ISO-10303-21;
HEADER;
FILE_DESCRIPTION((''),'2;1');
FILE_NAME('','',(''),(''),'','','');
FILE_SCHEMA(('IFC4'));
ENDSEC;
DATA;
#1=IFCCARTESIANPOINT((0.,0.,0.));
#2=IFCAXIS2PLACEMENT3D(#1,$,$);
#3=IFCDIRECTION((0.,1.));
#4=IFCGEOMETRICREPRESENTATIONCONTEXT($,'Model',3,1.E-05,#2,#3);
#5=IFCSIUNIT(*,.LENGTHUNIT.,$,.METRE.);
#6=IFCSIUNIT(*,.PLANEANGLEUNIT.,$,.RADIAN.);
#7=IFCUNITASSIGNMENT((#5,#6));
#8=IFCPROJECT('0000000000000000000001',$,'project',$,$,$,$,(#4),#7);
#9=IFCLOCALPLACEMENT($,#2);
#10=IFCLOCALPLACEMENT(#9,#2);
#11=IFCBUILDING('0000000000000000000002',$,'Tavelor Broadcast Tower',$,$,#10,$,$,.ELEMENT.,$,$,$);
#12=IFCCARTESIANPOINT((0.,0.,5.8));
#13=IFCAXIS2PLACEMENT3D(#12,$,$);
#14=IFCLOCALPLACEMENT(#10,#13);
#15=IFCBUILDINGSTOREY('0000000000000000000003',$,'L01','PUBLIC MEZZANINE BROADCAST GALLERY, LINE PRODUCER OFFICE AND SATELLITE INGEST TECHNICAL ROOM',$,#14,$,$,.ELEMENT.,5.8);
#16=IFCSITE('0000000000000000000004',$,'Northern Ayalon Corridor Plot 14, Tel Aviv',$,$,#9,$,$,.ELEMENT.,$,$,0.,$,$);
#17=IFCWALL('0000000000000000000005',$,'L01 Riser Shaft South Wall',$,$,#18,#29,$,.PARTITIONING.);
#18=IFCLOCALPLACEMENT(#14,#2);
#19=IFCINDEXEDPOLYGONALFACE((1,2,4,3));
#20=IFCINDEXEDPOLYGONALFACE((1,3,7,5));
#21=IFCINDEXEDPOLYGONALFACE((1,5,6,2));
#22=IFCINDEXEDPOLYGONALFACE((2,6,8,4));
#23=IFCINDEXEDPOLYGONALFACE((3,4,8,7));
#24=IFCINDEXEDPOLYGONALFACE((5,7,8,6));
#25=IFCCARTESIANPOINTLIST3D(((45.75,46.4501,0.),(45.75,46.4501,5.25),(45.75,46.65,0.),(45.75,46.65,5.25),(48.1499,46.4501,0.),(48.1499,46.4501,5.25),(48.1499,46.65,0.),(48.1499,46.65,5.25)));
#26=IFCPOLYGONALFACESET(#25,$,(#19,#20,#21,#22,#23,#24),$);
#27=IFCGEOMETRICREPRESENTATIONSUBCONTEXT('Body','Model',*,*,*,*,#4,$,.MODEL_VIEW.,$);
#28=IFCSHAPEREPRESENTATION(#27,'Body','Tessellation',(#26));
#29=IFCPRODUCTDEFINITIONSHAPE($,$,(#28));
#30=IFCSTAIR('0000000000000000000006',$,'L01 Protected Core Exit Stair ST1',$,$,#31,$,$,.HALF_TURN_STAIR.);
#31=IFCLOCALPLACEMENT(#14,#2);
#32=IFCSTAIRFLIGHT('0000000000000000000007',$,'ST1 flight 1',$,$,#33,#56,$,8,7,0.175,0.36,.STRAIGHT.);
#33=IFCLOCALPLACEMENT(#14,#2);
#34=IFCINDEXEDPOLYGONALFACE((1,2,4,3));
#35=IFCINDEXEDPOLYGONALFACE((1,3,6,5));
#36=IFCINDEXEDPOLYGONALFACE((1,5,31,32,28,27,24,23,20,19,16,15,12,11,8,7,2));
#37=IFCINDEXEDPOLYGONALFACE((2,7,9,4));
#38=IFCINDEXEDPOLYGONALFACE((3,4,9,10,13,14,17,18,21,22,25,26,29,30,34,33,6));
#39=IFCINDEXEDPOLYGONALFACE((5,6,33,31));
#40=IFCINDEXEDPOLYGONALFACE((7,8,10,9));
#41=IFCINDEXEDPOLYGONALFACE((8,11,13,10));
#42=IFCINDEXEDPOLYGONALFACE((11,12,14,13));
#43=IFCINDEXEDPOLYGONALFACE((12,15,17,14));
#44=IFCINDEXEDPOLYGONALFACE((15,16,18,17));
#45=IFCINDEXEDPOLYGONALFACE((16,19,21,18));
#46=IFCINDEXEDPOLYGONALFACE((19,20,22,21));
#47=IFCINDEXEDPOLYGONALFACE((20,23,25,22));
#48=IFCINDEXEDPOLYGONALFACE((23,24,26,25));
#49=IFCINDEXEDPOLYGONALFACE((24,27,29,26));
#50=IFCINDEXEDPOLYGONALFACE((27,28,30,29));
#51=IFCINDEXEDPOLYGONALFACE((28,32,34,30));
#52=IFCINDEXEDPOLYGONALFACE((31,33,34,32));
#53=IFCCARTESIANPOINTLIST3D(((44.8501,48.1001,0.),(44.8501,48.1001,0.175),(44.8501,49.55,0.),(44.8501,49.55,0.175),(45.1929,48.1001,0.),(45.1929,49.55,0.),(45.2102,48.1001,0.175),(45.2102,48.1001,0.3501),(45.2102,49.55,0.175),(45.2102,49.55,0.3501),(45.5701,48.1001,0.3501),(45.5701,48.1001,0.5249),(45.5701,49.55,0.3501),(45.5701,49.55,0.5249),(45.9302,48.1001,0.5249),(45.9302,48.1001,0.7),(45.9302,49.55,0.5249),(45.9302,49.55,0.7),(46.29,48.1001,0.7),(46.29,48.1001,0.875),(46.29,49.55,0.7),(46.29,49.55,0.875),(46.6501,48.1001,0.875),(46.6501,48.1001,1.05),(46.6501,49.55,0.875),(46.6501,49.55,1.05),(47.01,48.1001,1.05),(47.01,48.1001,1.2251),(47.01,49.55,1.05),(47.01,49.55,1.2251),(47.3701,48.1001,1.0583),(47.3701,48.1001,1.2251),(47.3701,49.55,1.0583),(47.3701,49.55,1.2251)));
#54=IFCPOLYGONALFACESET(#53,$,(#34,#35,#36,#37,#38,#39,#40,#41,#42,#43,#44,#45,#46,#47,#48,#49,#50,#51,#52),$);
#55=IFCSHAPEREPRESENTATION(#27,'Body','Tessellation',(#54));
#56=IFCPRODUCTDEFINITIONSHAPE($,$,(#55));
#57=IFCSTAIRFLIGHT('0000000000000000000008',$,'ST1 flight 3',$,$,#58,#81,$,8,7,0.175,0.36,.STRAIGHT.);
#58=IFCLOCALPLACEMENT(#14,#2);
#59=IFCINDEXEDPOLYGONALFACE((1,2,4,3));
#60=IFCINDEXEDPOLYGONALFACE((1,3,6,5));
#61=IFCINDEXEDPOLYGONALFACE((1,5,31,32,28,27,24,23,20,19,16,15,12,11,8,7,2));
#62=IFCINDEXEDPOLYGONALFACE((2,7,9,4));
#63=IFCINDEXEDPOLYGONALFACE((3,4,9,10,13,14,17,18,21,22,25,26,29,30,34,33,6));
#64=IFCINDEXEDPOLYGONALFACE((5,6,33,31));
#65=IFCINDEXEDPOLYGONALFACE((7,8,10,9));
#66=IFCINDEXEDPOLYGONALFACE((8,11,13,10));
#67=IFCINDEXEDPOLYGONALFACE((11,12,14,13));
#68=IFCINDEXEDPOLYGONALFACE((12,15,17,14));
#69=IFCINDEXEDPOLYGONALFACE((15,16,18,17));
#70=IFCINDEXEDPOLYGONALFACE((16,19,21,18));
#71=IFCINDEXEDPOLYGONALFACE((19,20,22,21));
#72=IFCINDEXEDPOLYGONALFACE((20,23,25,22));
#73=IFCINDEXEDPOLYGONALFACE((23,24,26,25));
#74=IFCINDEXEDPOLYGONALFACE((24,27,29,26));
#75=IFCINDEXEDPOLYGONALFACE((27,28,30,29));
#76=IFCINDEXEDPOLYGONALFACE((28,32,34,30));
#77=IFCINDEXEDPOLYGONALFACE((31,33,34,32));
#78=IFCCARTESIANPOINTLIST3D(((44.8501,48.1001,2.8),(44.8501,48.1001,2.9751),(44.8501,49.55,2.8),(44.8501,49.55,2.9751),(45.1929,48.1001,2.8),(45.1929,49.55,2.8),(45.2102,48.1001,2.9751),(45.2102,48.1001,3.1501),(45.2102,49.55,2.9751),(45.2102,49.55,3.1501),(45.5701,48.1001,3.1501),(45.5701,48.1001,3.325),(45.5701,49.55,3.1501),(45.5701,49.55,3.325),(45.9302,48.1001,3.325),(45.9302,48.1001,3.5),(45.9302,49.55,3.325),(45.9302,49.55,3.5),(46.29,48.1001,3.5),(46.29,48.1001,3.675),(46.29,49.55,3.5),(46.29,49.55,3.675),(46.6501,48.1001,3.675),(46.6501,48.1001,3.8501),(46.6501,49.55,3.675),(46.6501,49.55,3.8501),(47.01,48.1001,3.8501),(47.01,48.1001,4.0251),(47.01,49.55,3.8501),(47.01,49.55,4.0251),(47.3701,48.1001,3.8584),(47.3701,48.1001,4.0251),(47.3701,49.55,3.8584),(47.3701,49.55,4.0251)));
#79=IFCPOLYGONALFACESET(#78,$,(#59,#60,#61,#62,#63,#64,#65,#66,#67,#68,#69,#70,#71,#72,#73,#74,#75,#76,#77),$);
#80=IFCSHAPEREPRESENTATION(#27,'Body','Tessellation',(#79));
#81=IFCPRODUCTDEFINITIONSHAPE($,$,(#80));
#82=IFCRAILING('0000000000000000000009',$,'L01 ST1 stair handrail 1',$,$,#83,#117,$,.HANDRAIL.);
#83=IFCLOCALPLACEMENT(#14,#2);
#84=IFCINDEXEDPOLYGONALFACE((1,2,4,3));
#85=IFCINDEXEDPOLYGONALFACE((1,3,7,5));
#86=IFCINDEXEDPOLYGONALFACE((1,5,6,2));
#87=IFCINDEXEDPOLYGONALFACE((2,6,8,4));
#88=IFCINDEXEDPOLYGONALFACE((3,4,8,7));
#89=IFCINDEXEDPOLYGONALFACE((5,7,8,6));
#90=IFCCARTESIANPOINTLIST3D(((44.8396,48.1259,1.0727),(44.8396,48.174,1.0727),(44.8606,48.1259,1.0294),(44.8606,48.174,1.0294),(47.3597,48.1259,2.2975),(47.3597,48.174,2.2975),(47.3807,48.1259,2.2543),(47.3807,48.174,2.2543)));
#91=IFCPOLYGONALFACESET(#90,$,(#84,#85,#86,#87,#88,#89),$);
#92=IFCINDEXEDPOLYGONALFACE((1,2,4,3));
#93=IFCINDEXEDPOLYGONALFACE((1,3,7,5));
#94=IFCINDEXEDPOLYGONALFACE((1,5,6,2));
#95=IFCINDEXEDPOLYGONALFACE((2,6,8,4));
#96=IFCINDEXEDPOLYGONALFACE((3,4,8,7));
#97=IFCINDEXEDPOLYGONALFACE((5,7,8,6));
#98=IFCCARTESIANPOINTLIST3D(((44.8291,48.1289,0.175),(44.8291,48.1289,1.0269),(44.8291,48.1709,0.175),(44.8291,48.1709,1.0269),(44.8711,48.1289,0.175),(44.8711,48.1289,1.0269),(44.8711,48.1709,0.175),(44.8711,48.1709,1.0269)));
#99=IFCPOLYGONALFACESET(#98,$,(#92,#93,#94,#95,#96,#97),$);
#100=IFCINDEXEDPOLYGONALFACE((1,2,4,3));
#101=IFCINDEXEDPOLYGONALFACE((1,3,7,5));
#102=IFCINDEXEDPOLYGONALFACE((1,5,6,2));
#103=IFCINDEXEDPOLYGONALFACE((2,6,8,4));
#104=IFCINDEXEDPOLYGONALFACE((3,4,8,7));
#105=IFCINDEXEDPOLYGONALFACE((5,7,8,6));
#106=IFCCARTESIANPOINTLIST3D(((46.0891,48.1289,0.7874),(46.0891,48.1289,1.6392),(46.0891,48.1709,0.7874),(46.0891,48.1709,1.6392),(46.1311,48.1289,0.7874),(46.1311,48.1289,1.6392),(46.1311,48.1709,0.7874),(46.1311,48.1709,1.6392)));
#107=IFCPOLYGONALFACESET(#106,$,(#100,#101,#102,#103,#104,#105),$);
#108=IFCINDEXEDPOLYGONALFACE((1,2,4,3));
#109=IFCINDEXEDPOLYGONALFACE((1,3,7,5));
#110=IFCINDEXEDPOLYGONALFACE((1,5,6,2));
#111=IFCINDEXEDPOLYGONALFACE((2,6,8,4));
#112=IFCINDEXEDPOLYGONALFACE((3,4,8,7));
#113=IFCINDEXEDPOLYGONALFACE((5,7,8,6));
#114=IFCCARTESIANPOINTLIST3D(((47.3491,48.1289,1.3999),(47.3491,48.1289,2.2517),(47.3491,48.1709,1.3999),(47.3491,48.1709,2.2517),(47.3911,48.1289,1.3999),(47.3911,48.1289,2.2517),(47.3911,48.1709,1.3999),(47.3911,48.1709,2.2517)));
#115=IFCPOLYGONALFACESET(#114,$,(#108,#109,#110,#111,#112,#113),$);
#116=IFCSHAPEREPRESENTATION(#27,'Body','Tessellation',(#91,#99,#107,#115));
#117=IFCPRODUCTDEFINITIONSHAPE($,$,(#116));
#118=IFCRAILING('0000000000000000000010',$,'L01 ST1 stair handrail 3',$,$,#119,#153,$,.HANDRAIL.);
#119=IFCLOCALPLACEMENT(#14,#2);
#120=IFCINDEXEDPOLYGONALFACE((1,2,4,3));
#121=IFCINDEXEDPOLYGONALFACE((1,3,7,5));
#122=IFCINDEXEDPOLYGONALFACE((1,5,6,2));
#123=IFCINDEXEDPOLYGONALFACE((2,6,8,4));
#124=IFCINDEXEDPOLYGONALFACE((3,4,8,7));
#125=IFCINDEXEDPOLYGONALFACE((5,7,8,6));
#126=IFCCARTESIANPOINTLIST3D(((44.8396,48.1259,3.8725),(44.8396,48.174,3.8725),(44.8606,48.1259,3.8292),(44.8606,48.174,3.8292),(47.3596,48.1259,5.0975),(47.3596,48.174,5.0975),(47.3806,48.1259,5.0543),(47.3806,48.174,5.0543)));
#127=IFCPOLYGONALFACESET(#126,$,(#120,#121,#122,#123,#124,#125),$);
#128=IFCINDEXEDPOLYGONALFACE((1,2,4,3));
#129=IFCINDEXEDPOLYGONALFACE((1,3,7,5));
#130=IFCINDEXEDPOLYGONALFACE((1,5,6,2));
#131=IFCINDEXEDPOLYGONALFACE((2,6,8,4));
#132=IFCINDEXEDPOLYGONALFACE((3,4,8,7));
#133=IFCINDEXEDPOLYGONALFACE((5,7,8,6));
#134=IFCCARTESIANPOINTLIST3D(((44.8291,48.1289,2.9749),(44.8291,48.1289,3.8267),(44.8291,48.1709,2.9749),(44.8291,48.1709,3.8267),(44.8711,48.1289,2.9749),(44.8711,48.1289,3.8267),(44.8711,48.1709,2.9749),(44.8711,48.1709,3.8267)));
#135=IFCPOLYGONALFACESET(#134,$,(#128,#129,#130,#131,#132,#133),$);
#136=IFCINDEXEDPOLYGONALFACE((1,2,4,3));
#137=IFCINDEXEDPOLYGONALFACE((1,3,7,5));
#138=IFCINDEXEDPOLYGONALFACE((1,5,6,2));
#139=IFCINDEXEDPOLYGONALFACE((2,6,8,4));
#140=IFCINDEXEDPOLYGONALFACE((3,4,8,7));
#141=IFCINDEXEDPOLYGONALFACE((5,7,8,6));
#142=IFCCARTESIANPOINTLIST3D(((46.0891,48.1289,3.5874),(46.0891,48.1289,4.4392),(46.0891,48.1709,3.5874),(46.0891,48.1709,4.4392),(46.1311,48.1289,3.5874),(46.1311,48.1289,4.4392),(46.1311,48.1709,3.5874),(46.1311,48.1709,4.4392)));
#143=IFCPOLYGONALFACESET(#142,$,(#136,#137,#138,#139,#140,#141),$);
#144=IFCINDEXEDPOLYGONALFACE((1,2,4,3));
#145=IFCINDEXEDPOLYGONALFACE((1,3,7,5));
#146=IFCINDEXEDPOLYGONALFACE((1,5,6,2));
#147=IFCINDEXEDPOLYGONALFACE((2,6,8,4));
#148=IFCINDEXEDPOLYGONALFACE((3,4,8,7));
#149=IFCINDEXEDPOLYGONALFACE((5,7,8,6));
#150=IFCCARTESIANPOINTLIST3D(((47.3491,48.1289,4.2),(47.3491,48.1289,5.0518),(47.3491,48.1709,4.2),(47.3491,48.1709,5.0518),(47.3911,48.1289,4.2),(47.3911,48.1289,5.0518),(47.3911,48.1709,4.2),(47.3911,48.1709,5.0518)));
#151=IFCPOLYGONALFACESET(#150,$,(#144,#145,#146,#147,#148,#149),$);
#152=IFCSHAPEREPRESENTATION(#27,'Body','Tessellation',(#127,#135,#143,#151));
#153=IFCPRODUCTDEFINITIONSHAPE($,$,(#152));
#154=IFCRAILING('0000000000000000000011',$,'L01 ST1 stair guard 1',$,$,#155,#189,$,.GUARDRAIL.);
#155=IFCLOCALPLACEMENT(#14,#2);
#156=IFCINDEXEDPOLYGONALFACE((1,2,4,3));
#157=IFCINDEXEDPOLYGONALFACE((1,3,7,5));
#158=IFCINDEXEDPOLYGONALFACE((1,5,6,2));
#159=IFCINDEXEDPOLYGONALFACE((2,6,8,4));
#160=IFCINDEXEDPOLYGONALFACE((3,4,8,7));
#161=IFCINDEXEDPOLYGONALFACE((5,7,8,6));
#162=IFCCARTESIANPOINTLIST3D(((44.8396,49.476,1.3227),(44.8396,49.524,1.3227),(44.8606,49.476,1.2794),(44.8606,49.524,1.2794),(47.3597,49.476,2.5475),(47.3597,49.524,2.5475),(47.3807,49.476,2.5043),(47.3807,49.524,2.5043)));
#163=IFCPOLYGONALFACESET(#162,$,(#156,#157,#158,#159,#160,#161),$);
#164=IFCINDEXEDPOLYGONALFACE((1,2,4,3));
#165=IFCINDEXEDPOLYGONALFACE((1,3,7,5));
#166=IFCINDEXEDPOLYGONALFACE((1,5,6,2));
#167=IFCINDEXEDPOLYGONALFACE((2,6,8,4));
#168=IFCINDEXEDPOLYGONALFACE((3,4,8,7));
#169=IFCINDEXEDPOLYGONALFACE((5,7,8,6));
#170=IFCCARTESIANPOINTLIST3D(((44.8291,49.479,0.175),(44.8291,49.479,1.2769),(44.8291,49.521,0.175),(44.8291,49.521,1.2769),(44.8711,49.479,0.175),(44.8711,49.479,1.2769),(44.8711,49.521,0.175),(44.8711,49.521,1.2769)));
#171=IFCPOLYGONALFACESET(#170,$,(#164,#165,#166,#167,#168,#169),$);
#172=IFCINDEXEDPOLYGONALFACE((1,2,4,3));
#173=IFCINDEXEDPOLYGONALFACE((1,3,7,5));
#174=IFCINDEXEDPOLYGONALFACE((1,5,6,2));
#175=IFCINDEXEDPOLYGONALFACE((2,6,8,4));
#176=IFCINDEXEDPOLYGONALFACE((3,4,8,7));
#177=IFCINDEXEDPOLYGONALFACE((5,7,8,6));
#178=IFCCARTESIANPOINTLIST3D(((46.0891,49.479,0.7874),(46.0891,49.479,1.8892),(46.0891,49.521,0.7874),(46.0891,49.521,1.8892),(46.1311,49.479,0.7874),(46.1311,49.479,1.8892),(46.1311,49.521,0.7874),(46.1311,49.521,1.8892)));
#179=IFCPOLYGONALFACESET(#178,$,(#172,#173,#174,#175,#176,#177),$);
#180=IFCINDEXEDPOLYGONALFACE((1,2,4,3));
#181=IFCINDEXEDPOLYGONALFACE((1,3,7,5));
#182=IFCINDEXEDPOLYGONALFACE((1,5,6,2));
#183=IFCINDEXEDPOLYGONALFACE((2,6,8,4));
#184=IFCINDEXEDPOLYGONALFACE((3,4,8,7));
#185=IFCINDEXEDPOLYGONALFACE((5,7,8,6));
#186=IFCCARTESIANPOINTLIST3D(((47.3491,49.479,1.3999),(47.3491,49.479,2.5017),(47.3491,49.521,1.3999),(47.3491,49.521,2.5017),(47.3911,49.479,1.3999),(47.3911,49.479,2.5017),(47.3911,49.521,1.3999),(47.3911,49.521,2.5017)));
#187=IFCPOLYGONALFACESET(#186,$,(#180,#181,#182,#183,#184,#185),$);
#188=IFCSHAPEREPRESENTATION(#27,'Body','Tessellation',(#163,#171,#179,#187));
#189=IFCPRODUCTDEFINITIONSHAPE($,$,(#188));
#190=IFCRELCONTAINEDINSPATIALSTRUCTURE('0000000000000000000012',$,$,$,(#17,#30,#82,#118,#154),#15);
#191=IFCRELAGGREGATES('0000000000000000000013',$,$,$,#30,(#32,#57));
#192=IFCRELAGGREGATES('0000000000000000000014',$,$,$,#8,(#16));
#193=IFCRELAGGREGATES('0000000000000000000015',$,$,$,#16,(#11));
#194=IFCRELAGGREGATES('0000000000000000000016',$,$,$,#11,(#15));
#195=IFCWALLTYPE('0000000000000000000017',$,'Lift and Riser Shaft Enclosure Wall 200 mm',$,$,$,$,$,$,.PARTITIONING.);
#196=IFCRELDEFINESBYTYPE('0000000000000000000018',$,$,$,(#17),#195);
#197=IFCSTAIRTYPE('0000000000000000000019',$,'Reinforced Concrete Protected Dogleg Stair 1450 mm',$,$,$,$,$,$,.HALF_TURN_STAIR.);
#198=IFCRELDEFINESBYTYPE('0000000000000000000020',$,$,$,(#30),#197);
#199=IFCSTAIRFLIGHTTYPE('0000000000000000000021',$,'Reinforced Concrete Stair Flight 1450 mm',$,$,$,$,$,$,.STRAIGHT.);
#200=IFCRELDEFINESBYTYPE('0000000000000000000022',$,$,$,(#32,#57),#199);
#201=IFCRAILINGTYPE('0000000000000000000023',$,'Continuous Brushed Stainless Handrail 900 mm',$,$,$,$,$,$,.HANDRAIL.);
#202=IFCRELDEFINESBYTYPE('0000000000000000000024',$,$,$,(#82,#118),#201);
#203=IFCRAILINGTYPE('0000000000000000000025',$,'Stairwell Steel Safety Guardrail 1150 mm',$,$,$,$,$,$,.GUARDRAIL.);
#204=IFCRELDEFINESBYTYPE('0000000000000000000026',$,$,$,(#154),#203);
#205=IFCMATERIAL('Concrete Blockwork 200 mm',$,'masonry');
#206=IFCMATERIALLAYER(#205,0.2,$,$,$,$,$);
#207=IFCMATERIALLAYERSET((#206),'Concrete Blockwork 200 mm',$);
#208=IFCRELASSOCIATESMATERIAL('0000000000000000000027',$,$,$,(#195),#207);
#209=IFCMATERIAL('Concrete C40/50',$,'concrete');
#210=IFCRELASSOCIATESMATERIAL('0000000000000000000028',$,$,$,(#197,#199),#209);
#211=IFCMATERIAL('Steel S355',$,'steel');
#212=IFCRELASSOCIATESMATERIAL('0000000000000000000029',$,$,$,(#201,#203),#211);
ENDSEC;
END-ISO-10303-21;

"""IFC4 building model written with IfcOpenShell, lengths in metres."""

from ifc_helpers import new_model, si_unit, direction, frame, frame_2d, origin, origin_2d, place, context, subcontext, project, spatial, polyline, rectangle, outline, extrude, material, layer, layer_set, type_object, element, aggregate, save


model = new_model("IFC4")

# Units and contexts
model_context = context("Model", 3, precision=1e-05, world=origin(), true_north=direction((0.0, 1.0)))
body_context = subcontext(model_context, "Body", "Model", "MODEL_VIEW")
ifc_project = project(units=[si_unit("LENGTHUNIT", "METRE"), si_unit("PLANEANGLEUNIT", "RADIAN")], contexts=[model_context])

# Site, building, storey
site_placement = place(None, origin())
site = spatial("IfcSite", under=ifc_project, at=site_placement, Name="Northern Ayalon Corridor Plot 14, Tel Aviv", CompositionType="ELEMENT", RefElevation=0.0)
building_placement = place(site_placement, origin())
building = spatial("IfcBuilding", under=site, at=building_placement, Name="Tavelor Broadcast Tower", CompositionType="ELEMENT")
storey_placement = place(building_placement, frame((0.0, 0.0, 5.8)))
storey = spatial("IfcBuildingStorey", under=building, at=storey_placement, Name="L01", Description="PUBLIC MEZZANINE BROADCAST GALLERY, LINE PRODUCER OFFICE AND SATELLITE INGEST TECHNICAL ROOM", CompositionType="ELEMENT", Elevation=5.8)

# Shared definitions
ifc_material_1 = material(Name="Steel S355", Category="steel")

# Shared definitions
ifc_material_2 = material(Name="Concrete Blockwork 200 mm", Category="masonry")

# Wall
ifc_layer_1 = layer(ifc_material_2, 0.2)
ifc_layer_set_1 = layer_set([ifc_layer_1], Name="Concrete Blockwork 200 mm")
wall_type_1 = type_object("IfcWallType", Name="Lift and Riser Shaft Enclosure Wall 200 mm", PredefinedType="PARTITIONING", material=ifc_layer_set_1)
wall_1_placement = place(storey_placement, frame((45.75, 46.55, 0.0), z_axis=(0.0, 0.0, 1.0), x_axis=(1.0, 0.0, 0.0)))
element("IfcWall", 1, at=wall_1_placement, inside=storey, type_object=wall_type_1, Name="L01 Riser Shaft South Wall", PredefinedType="PARTITIONING", context=body_context, shape_type="SweptSolid", body=[
    extrude(rectangle(XDim=2.3999, YDim=0.2, at=frame_2d((1.2, 0.0))), origin(), (0.0, 0.0, 1.0), 5.25),
])

# Stair, stair flights
ifc_material_3 = material(Name="Concrete C40/50", Category="concrete")
stair_type = type_object("IfcStairType", Name="Reinforced Concrete Protected Dogleg Stair 1450 mm", PredefinedType="HALF_TURN_STAIR", material=ifc_material_3)
stair_placement = place(storey_placement, origin())
stair = element("IfcStair", 2, at=stair_placement, inside=storey, type_object=stair_type, Name="L01 Protected Core Exit Stair ST1", PredefinedType="HALF_TURN_STAIR")
stair_flight_type = type_object("IfcStairFlightType", Name="Reinforced Concrete Stair Flight 1450 mm", PredefinedType="STRAIGHT", material=ifc_material_3)
stair_flight_1_placement = place(storey_placement, frame((44.8501, 48.825, 0.0), z_axis=(0.0, 0.0, 1.0), x_axis=(1.0, 0.0, 0.0)))
stair_flight_1 = element("IfcStairFlight", 3, at=stair_flight_1_placement, type_object=stair_flight_type, Name="ST1 flight 1", NumberOfRisers=8, NumberOfTreads=7, PredefinedType="STRAIGHT", RiserHeight=0.175, TreadLength=0.36, context=body_context, shape_type="SweptSolid", body=[
    extrude(outline(polyline([(0.0, 0.0), (0.0, 0.175), (0.3601, 0.175), (0.3601, 0.3501), (0.72, 0.3501), (0.72, 0.5249), (1.0801, 0.5249), (1.0801, 0.7), (1.4399, 0.7), (1.4399, 0.875), (1.8, 0.875), (1.8, 1.05), (2.1599, 1.05), (2.1599, 1.2251), (2.52, 1.2251), (2.52, 1.3999), (2.52, 1.0583), (0.3428, 0.0), (0.0, 0.0)])), frame((0.0, 0.7251, 0.0), z_axis=(0.0, -1.0, 0.0), x_axis=(1.0, 0.0, 0.0)), (0.0, 0.0, 1.0), 1.45),
])
stair_flight_2_placement = place(storey_placement, frame((44.8501, 48.825, 2.8), z_axis=(0.0, 0.0, 1.0), x_axis=(1.0, 0.0, 0.0)))
stair_flight_2 = element("IfcStairFlight", 4, at=stair_flight_2_placement, type_object=stair_flight_type, Name="ST1 flight 3", NumberOfRisers=8, NumberOfTreads=7, PredefinedType="STRAIGHT", RiserHeight=0.175, TreadLength=0.36, context=body_context, shape_type="SweptSolid", body=[
    extrude(outline(polyline([(0.0, 0.0), (0.0, 0.175), (0.3601, 0.175), (0.3601, 0.3501), (0.72, 0.3501), (0.72, 0.5249), (1.0801, 0.5249), (1.0801, 0.7), (1.4399, 0.7), (1.4399, 0.875), (1.8, 0.875), (1.8, 1.05), (2.1599, 1.05), (2.1599, 1.2251), (2.52, 1.2251), (2.52, 1.3999), (2.52, 1.0583), (0.3428, 0.0), (0.0, 0.0)])), frame((0.0, 0.7251, 0.0), z_axis=(0.0, -1.0, 0.0), x_axis=(1.0, 0.0, 0.0)), (0.0, 0.0, 1.0), 1.45),
])
aggregate(stair, [stair_flight_1, stair_flight_2])

# Railings
railing_type_1 = type_object("IfcRailingType", Name="Continuous Brushed Stainless Handrail 900 mm", PredefinedType="HANDRAIL", material=ifc_material_1)
railing_1_placement = place(storey_placement, frame((44.8501, 48.1499, 0.175)))
element("IfcRailing", 5, at=railing_1_placement, inside=storey, type_object=railing_type_1, Name="L01 ST1 stair handrail 1", PredefinedType="HANDRAIL", context=body_context, shape_type="SweptSolid", body=[
    extrude(rectangle(XDim=0.0481, YDim=0.0481, at=origin_2d()), frame((0.0, 0.0, 0.876), z_axis=(0.89939, 0.0, 0.437148), x_axis=(0.0, 1.0, 0.0)), (0.0, 0.0, 1.0), 2.802),
    extrude(rectangle(XDim=0.042, YDim=0.042, at=origin_2d()), origin(), (0.0, 0.0, 1.0), 0.8518),
    extrude(rectangle(XDim=0.042, YDim=0.042, at=origin_2d()), frame((1.26, 0.0, 0.6123)), (0.0, 0.0, 1.0), 0.8518),
    extrude(rectangle(XDim=0.042, YDim=0.042, at=origin_2d()), frame((2.52, 0.0, 1.2249)), (0.0, 0.0, 1.0), 0.8518),
])
railing_2_placement = place(storey_placement, frame((44.8501, 48.1499, 2.9749)))
element("IfcRailing", 6, at=railing_2_placement, inside=storey, type_object=railing_type_1, Name="L01 ST1 stair handrail 3", PredefinedType="HANDRAIL", context=body_context, shape_type="SweptSolid", body=[
    extrude(rectangle(XDim=0.0481, YDim=0.0481, at=origin_2d()), frame((0.0, 0.0, 0.876), z_axis=(0.899355, 0.0, 0.437218), x_axis=(0.0, 1.0, 0.0)), (0.0, 0.0, 1.0), 2.802),
    extrude(rectangle(XDim=0.042, YDim=0.042, at=origin_2d()), origin(), (0.0, 0.0, 1.0), 0.8518),
    extrude(rectangle(XDim=0.042, YDim=0.042, at=origin_2d()), frame((1.26, 0.0, 0.6125)), (0.0, 0.0, 1.0), 0.8518),
    extrude(rectangle(XDim=0.042, YDim=0.042, at=origin_2d()), frame((2.52, 0.0, 1.2251)), (0.0, 0.0, 1.0), 0.8518),
])
railing_type_2 = type_object("IfcRailingType", Name="Stairwell Steel Safety Guardrail 1150 mm", PredefinedType="GUARDRAIL", material=ifc_material_1)
railing_3_placement = place(storey_placement, frame((44.8501, 49.5, 0.175)))
element("IfcRailing", 7, at=railing_3_placement, inside=storey, type_object=railing_type_2, Name="L01 ST1 stair guard 1", PredefinedType="GUARDRAIL", context=body_context, shape_type="SweptSolid", body=[
    extrude(rectangle(XDim=0.0481, YDim=0.0481, at=origin_2d()), frame((0.0, 0.0, 1.126), z_axis=(0.89939, 0.0, 0.437148), x_axis=(0.0, 1.0, 0.0)), (0.0, 0.0, 1.0), 2.802),
    extrude(rectangle(XDim=0.042, YDim=0.042, at=origin_2d()), origin(), (0.0, 0.0, 1.0), 1.1018),
    extrude(rectangle(XDim=0.042, YDim=0.042, at=origin_2d()), frame((1.26, 0.0, 0.6123)), (0.0, 0.0, 1.0), 1.1018),
    extrude(rectangle(XDim=0.042, YDim=0.042, at=origin_2d()), frame((2.52, 0.0, 1.2249)), (0.0, 0.0, 1.0), 1.1018),
])

save(model, "model.ifc")
